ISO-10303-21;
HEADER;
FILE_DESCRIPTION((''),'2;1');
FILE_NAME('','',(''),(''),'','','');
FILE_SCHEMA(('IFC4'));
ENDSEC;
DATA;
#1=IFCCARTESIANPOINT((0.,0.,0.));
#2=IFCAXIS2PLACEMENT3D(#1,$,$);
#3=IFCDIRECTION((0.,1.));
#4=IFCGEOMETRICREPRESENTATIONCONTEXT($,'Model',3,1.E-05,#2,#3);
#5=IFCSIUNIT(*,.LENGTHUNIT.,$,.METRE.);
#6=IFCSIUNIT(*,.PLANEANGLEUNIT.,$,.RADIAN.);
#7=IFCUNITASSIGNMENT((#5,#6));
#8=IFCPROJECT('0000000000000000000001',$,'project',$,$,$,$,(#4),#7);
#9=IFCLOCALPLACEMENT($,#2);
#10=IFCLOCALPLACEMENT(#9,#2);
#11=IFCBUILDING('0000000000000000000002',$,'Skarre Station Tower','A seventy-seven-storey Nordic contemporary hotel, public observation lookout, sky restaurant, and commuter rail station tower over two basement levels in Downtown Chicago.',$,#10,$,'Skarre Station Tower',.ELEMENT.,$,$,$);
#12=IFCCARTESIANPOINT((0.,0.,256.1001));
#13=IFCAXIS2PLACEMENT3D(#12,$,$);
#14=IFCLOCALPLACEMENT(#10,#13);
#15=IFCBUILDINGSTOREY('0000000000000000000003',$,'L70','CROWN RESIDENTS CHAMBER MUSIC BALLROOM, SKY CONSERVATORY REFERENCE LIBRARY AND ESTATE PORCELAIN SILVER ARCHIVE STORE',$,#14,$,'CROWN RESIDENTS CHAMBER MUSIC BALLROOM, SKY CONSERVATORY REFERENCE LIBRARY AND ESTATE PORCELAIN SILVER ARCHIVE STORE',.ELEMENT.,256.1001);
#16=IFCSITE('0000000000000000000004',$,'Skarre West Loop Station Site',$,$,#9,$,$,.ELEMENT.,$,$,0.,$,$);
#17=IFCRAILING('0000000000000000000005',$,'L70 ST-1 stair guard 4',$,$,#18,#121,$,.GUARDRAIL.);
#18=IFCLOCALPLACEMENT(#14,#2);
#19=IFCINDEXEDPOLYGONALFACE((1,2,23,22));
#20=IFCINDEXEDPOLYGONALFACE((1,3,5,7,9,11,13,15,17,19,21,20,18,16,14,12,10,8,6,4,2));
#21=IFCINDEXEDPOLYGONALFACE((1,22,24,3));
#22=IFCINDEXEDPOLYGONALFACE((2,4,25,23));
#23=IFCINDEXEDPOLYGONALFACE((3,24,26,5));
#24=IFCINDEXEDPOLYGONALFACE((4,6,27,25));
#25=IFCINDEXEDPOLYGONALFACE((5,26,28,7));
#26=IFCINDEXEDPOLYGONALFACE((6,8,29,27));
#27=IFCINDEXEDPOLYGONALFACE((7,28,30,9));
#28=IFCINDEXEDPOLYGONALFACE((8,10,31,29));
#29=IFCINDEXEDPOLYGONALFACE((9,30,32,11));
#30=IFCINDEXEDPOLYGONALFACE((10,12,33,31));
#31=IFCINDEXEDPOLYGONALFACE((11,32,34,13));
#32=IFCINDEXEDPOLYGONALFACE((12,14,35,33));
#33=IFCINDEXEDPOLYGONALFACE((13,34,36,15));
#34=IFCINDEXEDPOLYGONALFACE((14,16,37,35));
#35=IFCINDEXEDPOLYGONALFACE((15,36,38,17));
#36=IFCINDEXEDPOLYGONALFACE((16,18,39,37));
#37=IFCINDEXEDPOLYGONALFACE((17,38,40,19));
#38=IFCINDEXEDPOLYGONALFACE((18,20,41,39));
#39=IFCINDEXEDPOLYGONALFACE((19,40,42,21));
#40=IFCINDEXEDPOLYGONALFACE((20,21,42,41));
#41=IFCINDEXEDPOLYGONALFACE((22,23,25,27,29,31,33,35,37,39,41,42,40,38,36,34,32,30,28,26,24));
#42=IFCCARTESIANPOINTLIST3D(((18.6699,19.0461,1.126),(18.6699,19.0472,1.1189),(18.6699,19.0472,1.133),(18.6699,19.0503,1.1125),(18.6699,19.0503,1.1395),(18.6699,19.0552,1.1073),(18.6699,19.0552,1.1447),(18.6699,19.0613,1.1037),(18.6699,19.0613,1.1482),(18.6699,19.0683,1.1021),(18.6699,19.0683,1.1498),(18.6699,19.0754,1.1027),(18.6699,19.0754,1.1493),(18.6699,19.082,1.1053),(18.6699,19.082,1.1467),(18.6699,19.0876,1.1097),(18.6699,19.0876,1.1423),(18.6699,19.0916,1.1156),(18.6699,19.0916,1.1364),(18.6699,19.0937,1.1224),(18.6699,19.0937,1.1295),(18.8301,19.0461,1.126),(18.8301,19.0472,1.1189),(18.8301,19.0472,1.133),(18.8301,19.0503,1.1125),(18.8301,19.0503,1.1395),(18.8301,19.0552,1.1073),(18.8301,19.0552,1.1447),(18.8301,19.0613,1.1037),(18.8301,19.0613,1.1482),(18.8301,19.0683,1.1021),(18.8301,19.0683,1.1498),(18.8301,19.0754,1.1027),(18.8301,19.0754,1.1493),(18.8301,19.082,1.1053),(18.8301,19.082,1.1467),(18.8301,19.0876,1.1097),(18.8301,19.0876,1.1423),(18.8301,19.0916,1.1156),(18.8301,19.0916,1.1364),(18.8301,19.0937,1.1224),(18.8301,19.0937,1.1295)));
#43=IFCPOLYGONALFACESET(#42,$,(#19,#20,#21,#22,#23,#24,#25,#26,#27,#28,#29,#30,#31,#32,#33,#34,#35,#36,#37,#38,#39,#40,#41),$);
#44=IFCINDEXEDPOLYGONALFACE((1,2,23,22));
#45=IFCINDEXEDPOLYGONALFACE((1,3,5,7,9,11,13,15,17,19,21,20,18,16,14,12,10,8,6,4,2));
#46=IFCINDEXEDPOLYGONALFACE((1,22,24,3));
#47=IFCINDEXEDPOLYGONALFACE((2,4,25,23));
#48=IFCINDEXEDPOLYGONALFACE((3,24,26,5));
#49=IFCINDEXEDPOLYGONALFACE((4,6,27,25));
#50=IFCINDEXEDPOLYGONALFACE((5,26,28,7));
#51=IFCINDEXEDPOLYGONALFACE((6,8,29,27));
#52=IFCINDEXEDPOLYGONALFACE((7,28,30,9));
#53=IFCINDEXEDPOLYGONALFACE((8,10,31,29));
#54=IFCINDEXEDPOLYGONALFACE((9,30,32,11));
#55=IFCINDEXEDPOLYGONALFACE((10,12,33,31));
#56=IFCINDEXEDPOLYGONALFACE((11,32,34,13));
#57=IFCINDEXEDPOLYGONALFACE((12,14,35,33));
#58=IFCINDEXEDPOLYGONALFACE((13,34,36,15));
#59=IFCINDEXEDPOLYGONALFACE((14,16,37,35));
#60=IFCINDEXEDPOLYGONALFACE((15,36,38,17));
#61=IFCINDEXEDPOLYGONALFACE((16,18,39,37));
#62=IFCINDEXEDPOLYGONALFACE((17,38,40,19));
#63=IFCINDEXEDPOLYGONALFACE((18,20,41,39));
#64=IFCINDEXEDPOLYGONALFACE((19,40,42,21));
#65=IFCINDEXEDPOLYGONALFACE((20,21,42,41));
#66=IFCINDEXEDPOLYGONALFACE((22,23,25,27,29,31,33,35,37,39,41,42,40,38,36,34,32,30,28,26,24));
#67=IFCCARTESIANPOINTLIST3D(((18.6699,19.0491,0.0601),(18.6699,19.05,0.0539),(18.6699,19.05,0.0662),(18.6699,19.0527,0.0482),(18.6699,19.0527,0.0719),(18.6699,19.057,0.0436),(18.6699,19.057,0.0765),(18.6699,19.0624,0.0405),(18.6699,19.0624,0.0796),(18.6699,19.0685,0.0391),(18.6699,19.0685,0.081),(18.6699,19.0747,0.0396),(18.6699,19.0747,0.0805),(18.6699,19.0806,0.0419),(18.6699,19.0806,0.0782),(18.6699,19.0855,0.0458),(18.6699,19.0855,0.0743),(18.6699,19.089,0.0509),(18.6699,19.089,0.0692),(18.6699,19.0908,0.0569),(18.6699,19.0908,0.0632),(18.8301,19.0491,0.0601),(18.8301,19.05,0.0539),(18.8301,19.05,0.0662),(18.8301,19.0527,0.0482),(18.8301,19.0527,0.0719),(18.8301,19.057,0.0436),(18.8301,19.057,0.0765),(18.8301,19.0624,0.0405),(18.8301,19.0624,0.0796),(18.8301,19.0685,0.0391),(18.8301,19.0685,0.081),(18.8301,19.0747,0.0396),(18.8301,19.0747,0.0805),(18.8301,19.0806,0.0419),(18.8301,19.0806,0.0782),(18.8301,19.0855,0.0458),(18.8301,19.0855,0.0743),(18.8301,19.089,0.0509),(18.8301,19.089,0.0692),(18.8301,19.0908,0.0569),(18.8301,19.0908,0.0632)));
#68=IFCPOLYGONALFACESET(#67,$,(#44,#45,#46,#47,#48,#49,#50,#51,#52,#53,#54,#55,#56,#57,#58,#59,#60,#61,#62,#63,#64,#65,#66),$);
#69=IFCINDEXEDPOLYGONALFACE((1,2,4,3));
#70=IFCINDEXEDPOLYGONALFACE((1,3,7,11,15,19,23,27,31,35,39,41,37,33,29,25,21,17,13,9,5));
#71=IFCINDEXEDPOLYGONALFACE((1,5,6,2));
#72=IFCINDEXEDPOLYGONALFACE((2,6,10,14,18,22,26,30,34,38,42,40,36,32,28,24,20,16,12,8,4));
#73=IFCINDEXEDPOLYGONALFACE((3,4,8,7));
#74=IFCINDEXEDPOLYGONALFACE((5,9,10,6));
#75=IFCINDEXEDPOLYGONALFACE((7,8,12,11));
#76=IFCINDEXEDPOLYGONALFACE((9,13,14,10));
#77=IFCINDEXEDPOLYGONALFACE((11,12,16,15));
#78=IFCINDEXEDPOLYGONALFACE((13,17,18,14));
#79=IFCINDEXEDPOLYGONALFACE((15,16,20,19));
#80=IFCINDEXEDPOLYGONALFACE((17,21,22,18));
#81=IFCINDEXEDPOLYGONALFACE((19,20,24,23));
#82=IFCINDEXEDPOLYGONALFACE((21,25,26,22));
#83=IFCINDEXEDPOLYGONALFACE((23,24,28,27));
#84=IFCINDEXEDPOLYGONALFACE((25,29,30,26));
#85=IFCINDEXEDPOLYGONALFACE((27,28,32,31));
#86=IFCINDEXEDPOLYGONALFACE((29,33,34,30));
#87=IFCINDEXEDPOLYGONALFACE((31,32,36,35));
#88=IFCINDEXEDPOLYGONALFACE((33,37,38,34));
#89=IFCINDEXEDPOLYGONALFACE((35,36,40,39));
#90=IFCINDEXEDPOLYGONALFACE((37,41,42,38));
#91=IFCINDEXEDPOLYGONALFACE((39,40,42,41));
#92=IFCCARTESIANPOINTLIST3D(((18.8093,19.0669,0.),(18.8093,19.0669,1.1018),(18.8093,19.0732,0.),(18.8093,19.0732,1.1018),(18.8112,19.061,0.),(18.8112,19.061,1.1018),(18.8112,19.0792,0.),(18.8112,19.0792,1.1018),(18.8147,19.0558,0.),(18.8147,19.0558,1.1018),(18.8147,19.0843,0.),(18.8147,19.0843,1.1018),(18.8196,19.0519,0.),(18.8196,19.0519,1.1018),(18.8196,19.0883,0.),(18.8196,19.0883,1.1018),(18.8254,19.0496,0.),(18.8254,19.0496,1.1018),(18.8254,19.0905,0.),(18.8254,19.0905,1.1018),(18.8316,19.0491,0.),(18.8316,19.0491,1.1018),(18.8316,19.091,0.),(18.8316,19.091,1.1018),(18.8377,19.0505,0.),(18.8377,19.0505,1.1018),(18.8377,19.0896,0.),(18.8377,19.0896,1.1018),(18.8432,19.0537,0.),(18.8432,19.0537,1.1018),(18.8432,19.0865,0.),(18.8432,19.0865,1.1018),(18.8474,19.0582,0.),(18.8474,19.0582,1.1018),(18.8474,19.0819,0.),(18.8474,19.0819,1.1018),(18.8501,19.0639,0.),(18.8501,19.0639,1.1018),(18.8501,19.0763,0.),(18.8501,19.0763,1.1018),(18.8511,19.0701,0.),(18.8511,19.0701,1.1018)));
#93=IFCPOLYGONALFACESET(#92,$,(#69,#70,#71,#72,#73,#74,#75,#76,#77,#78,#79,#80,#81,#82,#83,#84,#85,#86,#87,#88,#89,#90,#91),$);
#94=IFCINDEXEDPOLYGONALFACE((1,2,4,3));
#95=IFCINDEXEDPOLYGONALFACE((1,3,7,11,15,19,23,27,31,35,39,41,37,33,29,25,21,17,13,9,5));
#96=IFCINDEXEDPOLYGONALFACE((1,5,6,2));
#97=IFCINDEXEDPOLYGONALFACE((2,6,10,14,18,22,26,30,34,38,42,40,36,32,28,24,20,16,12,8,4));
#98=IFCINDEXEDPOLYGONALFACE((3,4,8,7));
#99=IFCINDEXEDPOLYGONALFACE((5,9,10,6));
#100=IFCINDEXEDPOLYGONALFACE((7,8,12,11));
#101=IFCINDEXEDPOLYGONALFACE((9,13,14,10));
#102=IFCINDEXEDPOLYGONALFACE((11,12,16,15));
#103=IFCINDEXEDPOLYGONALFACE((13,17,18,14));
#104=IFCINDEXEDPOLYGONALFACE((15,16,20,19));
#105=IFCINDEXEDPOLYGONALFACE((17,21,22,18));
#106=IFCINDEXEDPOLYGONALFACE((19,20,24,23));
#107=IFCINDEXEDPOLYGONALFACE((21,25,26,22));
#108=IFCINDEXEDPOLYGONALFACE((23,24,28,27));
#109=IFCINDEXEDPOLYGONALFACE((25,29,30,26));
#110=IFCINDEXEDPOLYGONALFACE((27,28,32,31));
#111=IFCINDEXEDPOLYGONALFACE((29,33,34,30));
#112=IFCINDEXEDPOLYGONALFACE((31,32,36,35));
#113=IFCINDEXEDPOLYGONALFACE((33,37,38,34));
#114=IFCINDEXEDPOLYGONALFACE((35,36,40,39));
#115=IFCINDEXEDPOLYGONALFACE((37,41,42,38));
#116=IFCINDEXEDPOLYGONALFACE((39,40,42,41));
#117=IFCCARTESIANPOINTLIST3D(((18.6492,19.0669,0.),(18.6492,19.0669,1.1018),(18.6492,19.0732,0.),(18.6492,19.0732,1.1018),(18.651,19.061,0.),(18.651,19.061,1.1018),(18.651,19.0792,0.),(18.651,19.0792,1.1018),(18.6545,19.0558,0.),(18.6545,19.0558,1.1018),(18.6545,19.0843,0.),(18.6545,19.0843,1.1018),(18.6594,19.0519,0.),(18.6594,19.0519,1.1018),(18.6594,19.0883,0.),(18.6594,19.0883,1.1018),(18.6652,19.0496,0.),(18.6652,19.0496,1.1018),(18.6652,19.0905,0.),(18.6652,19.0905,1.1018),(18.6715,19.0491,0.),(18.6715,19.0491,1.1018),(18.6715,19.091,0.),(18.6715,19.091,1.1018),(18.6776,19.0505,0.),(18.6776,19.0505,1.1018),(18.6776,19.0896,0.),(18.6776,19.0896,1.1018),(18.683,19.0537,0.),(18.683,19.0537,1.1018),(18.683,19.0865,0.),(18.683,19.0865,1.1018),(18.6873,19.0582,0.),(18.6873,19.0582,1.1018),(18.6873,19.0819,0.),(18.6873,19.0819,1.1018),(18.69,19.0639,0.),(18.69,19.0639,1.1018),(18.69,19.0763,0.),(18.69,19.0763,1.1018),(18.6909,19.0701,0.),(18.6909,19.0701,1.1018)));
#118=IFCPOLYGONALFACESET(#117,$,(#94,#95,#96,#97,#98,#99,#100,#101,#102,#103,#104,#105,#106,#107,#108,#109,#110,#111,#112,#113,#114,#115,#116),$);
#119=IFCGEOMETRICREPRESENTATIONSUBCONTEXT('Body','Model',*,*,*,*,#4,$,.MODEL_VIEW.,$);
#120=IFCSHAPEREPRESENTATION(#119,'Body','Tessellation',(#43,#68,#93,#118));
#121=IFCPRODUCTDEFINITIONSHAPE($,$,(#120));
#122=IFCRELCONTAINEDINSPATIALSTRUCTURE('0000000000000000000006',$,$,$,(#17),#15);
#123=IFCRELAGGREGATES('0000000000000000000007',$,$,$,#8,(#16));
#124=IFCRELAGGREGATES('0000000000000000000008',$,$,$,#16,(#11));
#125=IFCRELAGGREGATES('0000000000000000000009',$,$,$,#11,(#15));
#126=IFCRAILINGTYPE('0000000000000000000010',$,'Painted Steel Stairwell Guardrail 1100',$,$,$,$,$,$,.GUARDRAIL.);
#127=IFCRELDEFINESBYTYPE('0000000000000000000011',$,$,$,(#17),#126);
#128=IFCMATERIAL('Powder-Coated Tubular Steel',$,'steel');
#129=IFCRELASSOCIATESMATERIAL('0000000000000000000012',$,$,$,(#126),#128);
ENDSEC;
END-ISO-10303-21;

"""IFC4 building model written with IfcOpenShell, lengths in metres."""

from ifc_helpers import new_model, si_unit, direction, frame, origin, origin_2d, place, context, subcontext, project, spatial, circle, extrude, material, type_object, element, save


model = new_model("IFC4")

# Units and contexts
model_context = context("Model", 3, precision=1e-05, world=origin(), true_north=direction((0.0, 1.0)))
body_context = subcontext(model_context, "Body", "Model", "MODEL_VIEW")
ifc_project = project(units=[si_unit("LENGTHUNIT", "METRE"), si_unit("PLANEANGLEUNIT", "RADIAN")], contexts=[model_context])

# Site, building, storey
site_placement = place(None, origin())
site = spatial("IfcSite", under=ifc_project, at=site_placement, Name="Skarre West Loop Station Site", CompositionType="ELEMENT", RefElevation=0.0)
building_placement = place(site_placement, origin())
building = spatial("IfcBuilding", under=site, at=building_placement, Name="Skarre Station Tower", Description="A seventy-seven-storey Nordic contemporary hotel, public observation lookout, sky restaurant, and commuter rail station tower over two basement levels in Downtown Chicago.", LongName="Skarre Station Tower", CompositionType="ELEMENT")
storey_placement = place(building_placement, frame((0.0, 0.0, 256.1001)))
storey = spatial("IfcBuildingStorey", under=building, at=storey_placement, Name="L70", Description="CROWN RESIDENTS CHAMBER MUSIC BALLROOM, SKY CONSERVATORY REFERENCE LIBRARY AND ESTATE PORCELAIN SILVER ARCHIVE STORE", LongName="CROWN RESIDENTS CHAMBER MUSIC BALLROOM, SKY CONSERVATORY REFERENCE LIBRARY AND ESTATE PORCELAIN SILVER ARCHIVE STORE", CompositionType="ELEMENT", Elevation=256.1001)

# Railing
ifc_material_1 = material(Name="Powder-Coated Tubular Steel", Category="steel")
railing_type_1 = type_object("IfcRailingType", Name="Painted Steel Stairwell Guardrail 1100", PredefinedType="GUARDRAIL", material=ifc_material_1)
railing_1_placement = place(storey_placement, frame((18.8301, 19.0701, 0.0)))
element("IfcRailing", 1, at=railing_1_placement, inside=storey, type_object=railing_type_1, Name="L70 ST-1 stair guard 4", PredefinedType="GUARDRAIL", context=body_context, shape_type="SweptSolid", body=[
    extrude(circle(Radius=0.0239, at=origin_2d()), frame((0.0, 0.0, 1.126), z_axis=(-1.0, 0.0, 0.0), x_axis=(0.0, -1.0, 0.0)), (0.0, 0.0, 1.0), 0.1602),
    extrude(circle(Radius=0.021, at=origin_2d()), frame((0.0, 0.0, 0.0601), z_axis=(-1.0, 0.0, 0.0), x_axis=(0.0, -1.0, 0.0)), (0.0, 0.0, 1.0), 0.1602),
    extrude(circle(Radius=0.021, at=origin_2d()), origin(), (0.0, 0.0, 1.0), 1.1018),
    extrude(circle(Radius=0.021, at=origin_2d()), frame((-0.1602, 0.0, 0.0)), (0.0, 0.0, 1.0), 1.1018),
])

save(model, "model.ifc")
